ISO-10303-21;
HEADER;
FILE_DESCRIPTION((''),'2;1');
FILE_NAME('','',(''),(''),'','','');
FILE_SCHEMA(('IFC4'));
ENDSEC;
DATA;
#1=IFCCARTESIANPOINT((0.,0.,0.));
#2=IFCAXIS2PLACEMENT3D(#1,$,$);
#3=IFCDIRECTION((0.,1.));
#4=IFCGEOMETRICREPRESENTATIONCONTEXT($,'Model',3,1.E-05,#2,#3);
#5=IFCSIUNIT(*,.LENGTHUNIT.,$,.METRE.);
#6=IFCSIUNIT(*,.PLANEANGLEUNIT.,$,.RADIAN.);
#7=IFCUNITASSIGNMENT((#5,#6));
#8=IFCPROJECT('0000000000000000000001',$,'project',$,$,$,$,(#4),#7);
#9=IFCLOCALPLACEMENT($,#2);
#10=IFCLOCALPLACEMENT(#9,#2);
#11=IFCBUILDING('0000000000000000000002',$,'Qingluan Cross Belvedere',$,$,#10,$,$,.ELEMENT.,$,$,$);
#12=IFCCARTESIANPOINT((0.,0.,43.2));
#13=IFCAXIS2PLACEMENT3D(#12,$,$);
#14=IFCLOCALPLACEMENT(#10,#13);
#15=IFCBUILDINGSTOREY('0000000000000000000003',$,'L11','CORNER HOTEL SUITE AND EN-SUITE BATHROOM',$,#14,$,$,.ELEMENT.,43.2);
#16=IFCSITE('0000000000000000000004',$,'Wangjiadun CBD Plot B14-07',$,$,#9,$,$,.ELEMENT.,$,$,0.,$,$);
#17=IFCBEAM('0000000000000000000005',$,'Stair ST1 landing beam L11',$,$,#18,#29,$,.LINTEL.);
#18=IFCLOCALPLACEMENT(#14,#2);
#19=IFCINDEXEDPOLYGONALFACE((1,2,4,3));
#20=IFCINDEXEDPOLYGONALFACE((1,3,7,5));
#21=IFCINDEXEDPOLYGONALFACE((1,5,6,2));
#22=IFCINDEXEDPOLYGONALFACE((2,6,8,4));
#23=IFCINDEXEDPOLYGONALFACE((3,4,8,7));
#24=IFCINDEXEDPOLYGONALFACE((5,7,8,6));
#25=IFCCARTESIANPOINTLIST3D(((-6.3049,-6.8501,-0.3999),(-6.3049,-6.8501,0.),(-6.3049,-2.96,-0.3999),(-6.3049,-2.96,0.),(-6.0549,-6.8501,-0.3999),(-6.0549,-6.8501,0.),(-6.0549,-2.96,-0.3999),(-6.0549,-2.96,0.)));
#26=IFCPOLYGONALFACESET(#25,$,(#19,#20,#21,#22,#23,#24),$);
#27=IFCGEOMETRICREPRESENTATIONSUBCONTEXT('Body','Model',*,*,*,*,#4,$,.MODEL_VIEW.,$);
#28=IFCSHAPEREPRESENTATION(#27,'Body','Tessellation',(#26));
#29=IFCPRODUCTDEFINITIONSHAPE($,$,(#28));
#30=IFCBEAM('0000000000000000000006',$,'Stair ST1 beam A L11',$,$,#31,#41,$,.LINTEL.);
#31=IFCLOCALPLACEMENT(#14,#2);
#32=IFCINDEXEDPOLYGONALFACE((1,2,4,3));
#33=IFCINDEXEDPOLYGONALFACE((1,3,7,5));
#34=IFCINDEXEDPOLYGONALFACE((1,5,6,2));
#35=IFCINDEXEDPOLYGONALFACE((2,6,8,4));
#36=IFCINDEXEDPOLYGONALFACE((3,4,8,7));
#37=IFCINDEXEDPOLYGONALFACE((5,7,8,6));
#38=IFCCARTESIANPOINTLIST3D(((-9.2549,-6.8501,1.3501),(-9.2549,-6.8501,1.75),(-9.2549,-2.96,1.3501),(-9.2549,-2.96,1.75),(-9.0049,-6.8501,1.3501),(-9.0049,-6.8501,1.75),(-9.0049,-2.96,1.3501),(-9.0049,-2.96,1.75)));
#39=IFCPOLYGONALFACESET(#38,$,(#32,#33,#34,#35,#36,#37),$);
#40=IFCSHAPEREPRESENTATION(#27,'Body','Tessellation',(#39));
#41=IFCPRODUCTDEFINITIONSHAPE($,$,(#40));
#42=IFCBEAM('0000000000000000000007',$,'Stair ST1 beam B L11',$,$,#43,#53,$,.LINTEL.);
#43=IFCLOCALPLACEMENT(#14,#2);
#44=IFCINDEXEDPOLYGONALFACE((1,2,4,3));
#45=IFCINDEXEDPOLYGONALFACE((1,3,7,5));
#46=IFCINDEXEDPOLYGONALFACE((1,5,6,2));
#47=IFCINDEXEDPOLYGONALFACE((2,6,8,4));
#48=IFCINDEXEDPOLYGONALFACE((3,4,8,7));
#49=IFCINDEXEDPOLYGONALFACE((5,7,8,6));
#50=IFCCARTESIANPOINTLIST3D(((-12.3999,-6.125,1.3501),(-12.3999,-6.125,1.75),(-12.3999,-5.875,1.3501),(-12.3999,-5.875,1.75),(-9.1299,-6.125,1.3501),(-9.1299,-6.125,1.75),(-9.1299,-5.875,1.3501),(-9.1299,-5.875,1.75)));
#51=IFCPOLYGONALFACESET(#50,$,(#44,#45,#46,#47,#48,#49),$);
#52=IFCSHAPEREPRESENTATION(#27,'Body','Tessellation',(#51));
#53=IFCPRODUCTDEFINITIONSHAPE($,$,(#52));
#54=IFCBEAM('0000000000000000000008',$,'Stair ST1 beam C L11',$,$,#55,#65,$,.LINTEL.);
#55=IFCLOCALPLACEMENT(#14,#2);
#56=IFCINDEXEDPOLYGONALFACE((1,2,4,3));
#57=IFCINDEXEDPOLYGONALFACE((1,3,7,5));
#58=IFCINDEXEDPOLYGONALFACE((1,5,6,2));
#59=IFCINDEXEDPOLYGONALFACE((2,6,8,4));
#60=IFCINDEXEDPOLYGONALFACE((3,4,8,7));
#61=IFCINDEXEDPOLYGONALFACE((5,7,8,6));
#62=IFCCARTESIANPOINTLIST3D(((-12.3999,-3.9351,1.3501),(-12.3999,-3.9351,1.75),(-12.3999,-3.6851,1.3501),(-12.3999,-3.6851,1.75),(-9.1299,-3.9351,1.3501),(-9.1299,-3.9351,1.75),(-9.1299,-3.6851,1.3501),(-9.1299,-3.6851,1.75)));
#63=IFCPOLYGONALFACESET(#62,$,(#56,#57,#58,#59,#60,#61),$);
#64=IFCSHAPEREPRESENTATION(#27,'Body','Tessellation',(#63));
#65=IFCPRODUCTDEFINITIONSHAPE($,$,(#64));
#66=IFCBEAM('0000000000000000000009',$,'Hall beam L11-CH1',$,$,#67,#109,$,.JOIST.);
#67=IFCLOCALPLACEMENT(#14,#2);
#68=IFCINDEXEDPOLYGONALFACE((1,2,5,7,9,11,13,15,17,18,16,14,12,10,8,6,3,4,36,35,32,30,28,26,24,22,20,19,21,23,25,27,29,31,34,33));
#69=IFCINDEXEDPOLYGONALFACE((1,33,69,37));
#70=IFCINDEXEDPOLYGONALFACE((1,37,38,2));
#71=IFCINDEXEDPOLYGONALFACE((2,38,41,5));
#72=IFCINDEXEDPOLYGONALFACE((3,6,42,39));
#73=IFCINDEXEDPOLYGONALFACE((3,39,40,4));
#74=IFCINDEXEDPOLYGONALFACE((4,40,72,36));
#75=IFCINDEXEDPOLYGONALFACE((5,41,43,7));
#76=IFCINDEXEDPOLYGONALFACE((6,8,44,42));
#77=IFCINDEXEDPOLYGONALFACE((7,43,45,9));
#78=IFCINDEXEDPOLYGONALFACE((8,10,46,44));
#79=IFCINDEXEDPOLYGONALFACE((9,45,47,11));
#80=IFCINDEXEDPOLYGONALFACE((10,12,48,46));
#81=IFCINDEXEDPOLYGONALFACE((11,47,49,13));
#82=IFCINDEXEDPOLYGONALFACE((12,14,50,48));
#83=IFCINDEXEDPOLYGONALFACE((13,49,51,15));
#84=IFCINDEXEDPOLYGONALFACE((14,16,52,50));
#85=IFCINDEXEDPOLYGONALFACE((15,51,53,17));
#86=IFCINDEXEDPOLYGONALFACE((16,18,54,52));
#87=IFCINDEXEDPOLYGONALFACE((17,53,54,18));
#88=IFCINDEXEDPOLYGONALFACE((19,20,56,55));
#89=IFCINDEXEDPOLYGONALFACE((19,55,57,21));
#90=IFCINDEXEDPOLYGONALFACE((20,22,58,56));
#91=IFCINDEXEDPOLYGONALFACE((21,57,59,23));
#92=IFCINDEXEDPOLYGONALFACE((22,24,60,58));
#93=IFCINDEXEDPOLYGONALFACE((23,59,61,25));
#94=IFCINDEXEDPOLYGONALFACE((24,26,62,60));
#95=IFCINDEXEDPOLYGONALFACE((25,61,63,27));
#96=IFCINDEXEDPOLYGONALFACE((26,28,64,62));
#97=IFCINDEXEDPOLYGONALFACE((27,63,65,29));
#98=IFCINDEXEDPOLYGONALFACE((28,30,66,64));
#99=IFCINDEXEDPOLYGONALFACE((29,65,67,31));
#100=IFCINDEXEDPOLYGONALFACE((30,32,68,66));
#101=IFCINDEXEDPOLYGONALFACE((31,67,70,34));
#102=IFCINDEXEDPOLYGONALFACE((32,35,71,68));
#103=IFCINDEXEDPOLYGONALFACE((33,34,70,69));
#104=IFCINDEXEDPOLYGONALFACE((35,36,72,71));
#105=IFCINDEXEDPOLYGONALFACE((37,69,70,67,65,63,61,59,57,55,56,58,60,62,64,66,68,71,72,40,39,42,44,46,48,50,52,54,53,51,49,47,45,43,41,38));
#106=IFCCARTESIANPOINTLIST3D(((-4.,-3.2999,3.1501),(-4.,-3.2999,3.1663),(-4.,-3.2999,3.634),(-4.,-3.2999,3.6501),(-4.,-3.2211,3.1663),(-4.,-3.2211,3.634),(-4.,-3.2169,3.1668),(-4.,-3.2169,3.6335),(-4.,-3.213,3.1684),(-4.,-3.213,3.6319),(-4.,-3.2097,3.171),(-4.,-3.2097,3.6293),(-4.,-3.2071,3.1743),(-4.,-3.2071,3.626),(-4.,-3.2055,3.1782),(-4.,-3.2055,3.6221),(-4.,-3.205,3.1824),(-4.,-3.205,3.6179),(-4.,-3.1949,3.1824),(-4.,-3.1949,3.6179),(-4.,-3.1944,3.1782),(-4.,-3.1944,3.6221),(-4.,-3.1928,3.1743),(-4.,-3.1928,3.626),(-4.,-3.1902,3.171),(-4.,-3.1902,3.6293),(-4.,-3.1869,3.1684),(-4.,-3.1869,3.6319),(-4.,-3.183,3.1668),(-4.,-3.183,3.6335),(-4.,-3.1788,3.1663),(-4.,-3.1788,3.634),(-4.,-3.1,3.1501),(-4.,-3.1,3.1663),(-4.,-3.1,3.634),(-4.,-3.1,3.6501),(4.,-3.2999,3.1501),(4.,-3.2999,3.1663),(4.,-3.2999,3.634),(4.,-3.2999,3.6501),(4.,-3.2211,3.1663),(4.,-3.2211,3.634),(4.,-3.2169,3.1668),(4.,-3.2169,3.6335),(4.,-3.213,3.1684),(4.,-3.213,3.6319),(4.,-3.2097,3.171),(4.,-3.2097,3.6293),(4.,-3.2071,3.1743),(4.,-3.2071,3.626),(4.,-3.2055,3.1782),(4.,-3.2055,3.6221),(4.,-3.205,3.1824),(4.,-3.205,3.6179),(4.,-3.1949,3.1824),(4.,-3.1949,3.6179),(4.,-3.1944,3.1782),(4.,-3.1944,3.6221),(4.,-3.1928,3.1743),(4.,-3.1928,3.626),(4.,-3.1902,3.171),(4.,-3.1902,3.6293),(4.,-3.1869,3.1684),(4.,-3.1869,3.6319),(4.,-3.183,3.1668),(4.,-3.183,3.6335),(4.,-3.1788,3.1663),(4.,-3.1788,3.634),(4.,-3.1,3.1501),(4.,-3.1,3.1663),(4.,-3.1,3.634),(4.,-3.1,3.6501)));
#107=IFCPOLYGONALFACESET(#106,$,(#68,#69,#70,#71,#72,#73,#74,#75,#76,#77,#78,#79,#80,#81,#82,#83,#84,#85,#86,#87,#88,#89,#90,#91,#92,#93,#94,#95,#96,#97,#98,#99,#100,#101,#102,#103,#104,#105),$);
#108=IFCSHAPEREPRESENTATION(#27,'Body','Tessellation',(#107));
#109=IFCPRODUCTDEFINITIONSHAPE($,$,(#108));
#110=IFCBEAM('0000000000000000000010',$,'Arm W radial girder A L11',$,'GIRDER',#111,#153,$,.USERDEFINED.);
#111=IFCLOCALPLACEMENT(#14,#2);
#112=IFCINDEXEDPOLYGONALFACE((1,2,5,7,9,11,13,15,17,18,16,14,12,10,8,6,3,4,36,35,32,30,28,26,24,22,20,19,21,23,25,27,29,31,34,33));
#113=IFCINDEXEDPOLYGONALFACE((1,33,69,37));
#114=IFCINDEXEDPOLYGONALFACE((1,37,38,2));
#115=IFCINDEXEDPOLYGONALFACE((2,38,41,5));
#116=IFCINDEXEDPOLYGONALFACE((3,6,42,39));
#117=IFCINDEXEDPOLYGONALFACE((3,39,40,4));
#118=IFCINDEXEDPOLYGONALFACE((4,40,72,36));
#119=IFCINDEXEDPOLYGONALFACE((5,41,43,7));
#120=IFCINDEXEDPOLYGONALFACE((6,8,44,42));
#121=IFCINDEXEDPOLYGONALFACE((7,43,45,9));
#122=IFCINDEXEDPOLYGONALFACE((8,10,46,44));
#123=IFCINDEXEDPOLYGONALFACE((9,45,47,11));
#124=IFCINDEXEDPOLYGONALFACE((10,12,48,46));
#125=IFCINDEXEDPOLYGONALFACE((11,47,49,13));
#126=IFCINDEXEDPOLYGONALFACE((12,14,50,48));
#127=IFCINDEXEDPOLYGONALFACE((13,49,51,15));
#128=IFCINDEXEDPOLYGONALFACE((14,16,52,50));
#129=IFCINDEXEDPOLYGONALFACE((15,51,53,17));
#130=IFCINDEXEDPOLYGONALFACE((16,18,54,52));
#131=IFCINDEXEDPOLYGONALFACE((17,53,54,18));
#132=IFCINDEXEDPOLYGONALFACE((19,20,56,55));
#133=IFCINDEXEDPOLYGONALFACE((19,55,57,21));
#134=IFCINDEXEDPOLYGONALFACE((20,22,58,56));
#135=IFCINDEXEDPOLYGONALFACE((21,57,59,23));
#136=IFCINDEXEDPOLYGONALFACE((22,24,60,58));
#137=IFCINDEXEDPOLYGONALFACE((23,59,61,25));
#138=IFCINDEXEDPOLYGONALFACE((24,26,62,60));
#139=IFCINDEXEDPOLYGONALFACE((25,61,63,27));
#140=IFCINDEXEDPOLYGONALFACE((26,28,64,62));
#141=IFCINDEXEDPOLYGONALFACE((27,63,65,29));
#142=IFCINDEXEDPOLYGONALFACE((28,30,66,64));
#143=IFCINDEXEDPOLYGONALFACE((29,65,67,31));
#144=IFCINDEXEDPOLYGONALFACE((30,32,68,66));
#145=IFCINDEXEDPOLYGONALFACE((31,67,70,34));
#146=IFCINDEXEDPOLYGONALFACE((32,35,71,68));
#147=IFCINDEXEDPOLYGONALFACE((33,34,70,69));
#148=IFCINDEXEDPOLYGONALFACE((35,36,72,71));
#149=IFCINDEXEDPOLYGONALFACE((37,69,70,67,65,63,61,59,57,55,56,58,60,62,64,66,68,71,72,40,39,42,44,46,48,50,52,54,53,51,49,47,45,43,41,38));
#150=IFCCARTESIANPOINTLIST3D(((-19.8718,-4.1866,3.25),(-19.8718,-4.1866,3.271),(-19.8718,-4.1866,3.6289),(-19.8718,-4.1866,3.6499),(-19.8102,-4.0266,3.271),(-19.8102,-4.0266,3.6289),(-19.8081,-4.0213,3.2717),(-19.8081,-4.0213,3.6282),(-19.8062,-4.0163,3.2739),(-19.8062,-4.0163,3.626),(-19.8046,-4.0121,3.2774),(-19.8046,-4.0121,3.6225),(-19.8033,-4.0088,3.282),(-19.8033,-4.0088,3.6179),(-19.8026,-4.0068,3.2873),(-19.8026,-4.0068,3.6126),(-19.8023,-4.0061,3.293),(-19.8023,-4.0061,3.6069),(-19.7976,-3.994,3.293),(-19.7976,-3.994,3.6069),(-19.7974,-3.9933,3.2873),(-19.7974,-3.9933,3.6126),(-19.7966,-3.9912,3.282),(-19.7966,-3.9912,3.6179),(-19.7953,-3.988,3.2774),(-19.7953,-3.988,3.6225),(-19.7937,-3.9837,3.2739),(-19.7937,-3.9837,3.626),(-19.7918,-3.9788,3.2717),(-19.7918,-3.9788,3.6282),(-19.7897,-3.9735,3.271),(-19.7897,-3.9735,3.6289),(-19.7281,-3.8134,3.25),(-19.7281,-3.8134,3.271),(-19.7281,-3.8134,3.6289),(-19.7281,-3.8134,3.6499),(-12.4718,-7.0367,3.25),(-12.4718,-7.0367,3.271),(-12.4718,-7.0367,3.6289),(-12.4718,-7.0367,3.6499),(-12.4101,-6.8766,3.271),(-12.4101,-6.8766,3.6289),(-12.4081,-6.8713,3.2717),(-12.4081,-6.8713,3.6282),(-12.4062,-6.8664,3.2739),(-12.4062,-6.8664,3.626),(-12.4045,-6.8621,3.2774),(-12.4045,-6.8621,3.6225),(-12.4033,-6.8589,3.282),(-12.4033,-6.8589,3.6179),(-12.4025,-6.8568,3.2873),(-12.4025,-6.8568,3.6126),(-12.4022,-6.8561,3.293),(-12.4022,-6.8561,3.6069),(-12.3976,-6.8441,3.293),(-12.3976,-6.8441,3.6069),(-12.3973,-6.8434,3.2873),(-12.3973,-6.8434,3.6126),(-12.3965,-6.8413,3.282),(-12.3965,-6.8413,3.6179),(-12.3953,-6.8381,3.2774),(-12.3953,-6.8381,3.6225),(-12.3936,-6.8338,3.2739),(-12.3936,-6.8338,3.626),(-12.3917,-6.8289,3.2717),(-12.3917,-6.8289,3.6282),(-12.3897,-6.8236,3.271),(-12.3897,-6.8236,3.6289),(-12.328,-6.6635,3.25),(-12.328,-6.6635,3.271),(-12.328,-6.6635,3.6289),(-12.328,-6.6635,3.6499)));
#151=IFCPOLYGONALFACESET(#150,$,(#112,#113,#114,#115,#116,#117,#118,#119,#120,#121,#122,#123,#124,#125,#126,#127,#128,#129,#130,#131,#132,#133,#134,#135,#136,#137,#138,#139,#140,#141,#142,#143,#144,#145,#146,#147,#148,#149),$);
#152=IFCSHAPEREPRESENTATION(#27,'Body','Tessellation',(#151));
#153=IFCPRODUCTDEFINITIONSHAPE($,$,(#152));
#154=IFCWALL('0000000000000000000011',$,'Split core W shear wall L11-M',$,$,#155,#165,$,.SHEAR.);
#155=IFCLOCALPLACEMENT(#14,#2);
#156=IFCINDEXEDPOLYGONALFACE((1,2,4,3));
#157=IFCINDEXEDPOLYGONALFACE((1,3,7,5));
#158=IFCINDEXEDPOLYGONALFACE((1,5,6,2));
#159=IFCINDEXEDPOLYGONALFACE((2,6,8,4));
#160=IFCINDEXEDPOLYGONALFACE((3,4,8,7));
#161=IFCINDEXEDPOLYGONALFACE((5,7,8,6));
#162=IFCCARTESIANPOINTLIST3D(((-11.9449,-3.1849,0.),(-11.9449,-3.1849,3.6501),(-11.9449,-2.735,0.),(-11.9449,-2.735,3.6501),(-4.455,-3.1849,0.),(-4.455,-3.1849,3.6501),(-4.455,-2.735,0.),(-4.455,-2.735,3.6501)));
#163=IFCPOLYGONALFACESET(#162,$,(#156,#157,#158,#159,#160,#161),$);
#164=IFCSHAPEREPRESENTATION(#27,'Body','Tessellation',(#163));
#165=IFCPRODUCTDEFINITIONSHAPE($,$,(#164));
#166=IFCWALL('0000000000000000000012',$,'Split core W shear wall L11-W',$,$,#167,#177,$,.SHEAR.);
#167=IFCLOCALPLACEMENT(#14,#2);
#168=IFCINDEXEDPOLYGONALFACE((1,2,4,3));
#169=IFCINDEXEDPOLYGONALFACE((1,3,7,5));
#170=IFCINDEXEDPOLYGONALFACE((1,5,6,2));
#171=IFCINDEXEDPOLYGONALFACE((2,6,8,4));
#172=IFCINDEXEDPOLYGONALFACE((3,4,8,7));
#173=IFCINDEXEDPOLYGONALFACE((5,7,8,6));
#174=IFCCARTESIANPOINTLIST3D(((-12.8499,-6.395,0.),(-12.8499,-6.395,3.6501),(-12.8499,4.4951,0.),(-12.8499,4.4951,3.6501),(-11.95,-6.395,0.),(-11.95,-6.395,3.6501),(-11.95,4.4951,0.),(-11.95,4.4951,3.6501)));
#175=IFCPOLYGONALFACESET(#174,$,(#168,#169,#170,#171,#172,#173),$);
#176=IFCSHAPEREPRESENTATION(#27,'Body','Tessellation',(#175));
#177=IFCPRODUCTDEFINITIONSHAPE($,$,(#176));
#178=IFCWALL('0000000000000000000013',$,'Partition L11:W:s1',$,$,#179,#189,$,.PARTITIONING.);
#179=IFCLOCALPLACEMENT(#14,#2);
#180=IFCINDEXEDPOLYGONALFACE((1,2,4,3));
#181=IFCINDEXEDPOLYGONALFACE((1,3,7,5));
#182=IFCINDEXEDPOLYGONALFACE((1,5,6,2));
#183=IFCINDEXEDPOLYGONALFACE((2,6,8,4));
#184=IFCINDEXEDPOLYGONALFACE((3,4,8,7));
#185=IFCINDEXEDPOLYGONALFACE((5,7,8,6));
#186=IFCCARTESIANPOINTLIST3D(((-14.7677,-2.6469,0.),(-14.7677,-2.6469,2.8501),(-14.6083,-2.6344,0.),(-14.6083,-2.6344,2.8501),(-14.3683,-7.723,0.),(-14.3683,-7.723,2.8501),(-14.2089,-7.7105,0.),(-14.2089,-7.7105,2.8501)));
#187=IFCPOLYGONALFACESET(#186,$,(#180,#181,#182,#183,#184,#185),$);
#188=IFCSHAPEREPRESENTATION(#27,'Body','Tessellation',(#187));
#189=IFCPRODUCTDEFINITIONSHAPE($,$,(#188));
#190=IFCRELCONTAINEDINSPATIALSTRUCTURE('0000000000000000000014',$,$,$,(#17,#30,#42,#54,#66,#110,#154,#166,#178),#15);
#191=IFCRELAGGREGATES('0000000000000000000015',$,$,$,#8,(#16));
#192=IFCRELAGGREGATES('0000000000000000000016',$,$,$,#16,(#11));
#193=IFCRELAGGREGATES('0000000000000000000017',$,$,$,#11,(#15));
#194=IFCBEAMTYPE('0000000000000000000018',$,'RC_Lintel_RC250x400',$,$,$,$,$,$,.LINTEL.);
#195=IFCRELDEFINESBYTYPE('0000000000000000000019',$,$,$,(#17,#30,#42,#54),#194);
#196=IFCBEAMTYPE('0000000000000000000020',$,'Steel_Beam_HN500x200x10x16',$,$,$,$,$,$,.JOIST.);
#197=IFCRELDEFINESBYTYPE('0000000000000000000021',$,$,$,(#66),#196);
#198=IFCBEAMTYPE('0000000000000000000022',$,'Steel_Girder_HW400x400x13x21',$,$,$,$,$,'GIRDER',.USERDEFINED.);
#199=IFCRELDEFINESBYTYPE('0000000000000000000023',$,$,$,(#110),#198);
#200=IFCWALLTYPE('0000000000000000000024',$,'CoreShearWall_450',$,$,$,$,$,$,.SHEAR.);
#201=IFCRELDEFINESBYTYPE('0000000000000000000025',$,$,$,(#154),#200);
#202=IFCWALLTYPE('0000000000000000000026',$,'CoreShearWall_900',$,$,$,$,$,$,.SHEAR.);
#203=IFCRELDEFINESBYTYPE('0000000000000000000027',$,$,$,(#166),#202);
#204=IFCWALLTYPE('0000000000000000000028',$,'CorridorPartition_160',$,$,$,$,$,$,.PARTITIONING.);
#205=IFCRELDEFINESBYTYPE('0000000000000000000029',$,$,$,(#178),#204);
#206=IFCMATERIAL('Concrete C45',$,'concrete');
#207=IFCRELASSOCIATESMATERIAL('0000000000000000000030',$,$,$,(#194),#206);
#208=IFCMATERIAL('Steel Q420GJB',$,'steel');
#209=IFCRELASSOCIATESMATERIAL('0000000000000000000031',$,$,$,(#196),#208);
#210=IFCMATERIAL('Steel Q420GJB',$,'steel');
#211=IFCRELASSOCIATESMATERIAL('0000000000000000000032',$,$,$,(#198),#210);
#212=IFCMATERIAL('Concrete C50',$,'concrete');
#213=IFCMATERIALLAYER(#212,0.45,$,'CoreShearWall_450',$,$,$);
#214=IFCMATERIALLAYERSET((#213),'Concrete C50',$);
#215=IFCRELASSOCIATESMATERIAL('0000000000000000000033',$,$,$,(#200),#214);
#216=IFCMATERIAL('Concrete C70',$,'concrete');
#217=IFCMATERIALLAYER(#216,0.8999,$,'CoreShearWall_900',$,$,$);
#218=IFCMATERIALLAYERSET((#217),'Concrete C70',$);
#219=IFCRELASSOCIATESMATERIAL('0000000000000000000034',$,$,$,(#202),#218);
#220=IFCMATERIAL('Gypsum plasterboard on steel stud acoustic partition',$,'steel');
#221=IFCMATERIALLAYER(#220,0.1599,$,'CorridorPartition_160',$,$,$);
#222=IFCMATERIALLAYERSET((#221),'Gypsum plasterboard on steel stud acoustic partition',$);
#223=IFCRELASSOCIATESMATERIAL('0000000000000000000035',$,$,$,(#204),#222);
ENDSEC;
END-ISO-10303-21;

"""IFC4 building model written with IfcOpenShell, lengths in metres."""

from ifc_helpers import new_model, si_unit, direction, frame, frame_2d, origin, origin_2d, place, context, subcontext, project, spatial, rectangle, i_section, extrude, material, layer, layer_set, material_profile, profile_set, type_object, element, save


model = new_model("IFC4")

# Units and contexts
model_context = context("Model", 3, precision=1e-05, world=origin(), true_north=direction((0.0, 1.0)))
body_context = subcontext(model_context, "Body", "Model", "MODEL_VIEW")
ifc_project = project(units=[si_unit("LENGTHUNIT", "METRE"), si_unit("PLANEANGLEUNIT", "RADIAN")], contexts=[model_context])

# Site, building, storey
site_placement = place(None, origin())
site = spatial("IfcSite", under=ifc_project, at=site_placement, Name="Wangjiadun CBD Plot B14-07", CompositionType="ELEMENT", RefElevation=0.0)
building_placement = place(site_placement, origin())
building = spatial("IfcBuilding", under=site, at=building_placement, Name="Qingluan Cross Belvedere", CompositionType="ELEMENT")
storey_placement = place(building_placement, frame((0.0, 0.0, 43.2)))
storey = spatial("IfcBuildingStorey", under=building, at=storey_placement, Name="L11", Description="CORNER HOTEL SUITE AND EN-SUITE BATHROOM", CompositionType="ELEMENT", Elevation=43.2)

# Beams
ifc_material_1 = material(Name="Concrete C45", Category="concrete")
ifc_material_profile_1 = material_profile(ifc_material_1, rectangle(XDim=0.25, YDim=0.3999, at=origin_2d()), Name="RC250x400")
ifc_profile_set_1 = profile_set([ifc_material_profile_1], Name="Concrete C45")
beam_type_1 = type_object("IfcBeamType", Name="RC_Lintel_RC250x400", PredefinedType="LINTEL", material=ifc_profile_set_1)
for number, where, z_axis, x_axis, name in (
    (1, (-6.1799, -6.8501, -0.2), (0.0, 1.0, 0.0), (-1.0, 0.0, 0.0), "Stair ST1 landing beam L11"),
    (2, (-9.1299, -6.8501, 1.55), (0.0, 1.0, 0.0), (-1.0, 0.0, 0.0), "Stair ST1 beam A L11"),
):
    element("IfcBeam", number, at=place(storey_placement, frame(where, z_axis=z_axis, x_axis=x_axis)), inside=storey, type_object=beam_type_1, Name=name, PredefinedType="LINTEL", context=body_context, shape_type="SweptSolid", body=[
        extrude(rectangle(XDim=0.25, YDim=0.3999, at=origin_2d()), origin(), (0.0, 0.0, 1.0), 3.8901),
    ])
for number, where, z_axis, x_axis, name in (
    (3, (-12.3999, -6.0, 1.55), (1.0, 0.0, 0.0), (0.0, 1.0, 0.0), "Stair ST1 beam B L11"),
    (4, (-12.3999, -3.8101, 1.55), (1.0, 0.0, 0.0), (0.0, 1.0, 0.0), "Stair ST1 beam C L11"),
):
    element("IfcBeam", number, at=place(storey_placement, frame(where, z_axis=z_axis, x_axis=x_axis)), inside=storey, type_object=beam_type_1, Name=name, PredefinedType="LINTEL", context=body_context, shape_type="SweptSolid", body=[
        extrude(rectangle(XDim=0.25, YDim=0.3999, at=origin_2d()), origin(), (0.0, 0.0, 1.0), 3.27),
    ])
ifc_material_2 = material(Name="Steel Q420GJB", Category="steel")
ifc_material_profile_2 = material_profile(ifc_material_2, i_section(OverallWidth=0.2, OverallDepth=0.5, WebThickness=0.01, FlangeThickness=0.0161, FilletRadius=0.0161, at=origin_2d()), Name="HN500x200x10x16")
ifc_profile_set_2 = profile_set([ifc_material_profile_2], Name="Steel Q420GJB")
beam_type_2 = type_object("IfcBeamType", Name="Steel_Beam_HN500x200x10x16", PredefinedType="JOIST", material=ifc_profile_set_2)
beam_1_placement = place(storey_placement, frame((-4.0, -3.2, 3.4001), z_axis=(1.0, 0.0, 0.0), x_axis=(0.0, 1.0, 0.0)))
element("IfcBeam", 5, at=beam_1_placement, inside=storey, type_object=beam_type_2, Name="Hall beam L11-CH1", PredefinedType="JOIST", context=body_context, shape_type="SweptSolid", body=[
    extrude(i_section(OverallWidth=0.2, OverallDepth=0.5, WebThickness=0.01, FlangeThickness=0.0161, FilletRadius=0.0161, at=origin_2d()), origin(), (0.0, 0.0, 1.0), 8.0),
])
ifc_material_3 = material(Name="Steel Q420GJB", Category="steel")
ifc_material_profile_3 = material_profile(ifc_material_3, i_section(OverallWidth=0.3999, OverallDepth=0.3999, WebThickness=0.0129, FlangeThickness=0.021, FilletRadius=0.022, at=origin_2d()), Name="HW400x400x13x21")
ifc_profile_set_3 = profile_set([ifc_material_profile_3], Name="Steel Q420GJB")
beam_type_3 = type_object("IfcBeamType", Name="Steel_Girder_HW400x400x13x21", ElementType="GIRDER", PredefinedType="USERDEFINED", material=ifc_profile_set_3)
beam_2_placement = place(storey_placement, frame((-12.3999, -6.8501, 3.45), z_axis=(-0.933181, 0.359406, 0.0), x_axis=(-0.359406, -0.933181, 0.0)))
element("IfcBeam", 6, at=beam_2_placement, inside=storey, type_object=beam_type_3, Name="Arm W radial girder A L11", ObjectType="GIRDER", PredefinedType="USERDEFINED", context=body_context, shape_type="SweptSolid", body=[
    extrude(i_section(OverallWidth=0.3999, OverallDepth=0.3999, WebThickness=0.0129, FlangeThickness=0.021, FilletRadius=0.022, at=origin_2d()), origin(), (0.0, 0.0, 1.0), 7.9299),
])

# Walls
ifc_material_4 = material(Name="Concrete C50", Category="concrete")
ifc_layer_1 = layer(ifc_material_4, 0.45, Name="CoreShearWall_450")
ifc_layer_set_1 = layer_set([ifc_layer_1], Name="Concrete C50")
wall_type_1 = type_object("IfcWallType", Name="CoreShearWall_450", PredefinedType="SHEAR", material=ifc_layer_set_1)
wall_1_placement = place(storey_placement, frame((-11.9451, -2.96, 0.0), z_axis=(0.0, 0.0, 1.0), x_axis=(1.0, 0.0, 0.0)))
element("IfcWall", 7, at=wall_1_placement, inside=storey, type_object=wall_type_1, Name="Split core W shear wall L11-M", PredefinedType="SHEAR", context=body_context, shape_type="SweptSolid", body=[
    extrude(rectangle(XDim=7.49, YDim=0.45, at=frame_2d((3.7451, 0.0))), origin(), (0.0, 0.0, 1.0), 3.6501),
])
ifc_material_5 = material(Name="Concrete C70", Category="concrete")
ifc_layer_2 = layer(ifc_material_5, 0.8999, Name="CoreShearWall_900")
ifc_layer_set_2 = layer_set([ifc_layer_2], Name="Concrete C70")
wall_type_2 = type_object("IfcWallType", Name="CoreShearWall_900", PredefinedType="SHEAR", material=ifc_layer_set_2)
wall_2_placement = place(storey_placement, frame((-12.3999, -6.395, 0.0), z_axis=(0.0, 0.0, 1.0), x_axis=(0.0, 1.0, 0.0)))
element("IfcWall", 8, at=wall_2_placement, inside=storey, type_object=wall_type_2, Name="Split core W shear wall L11-W", PredefinedType="SHEAR", context=body_context, shape_type="SweptSolid", body=[
    extrude(rectangle(XDim=10.8901, YDim=0.8999, at=frame_2d((5.4451, 0.0))), origin(), (0.0, 0.0, 1.0), 3.6501),
])

# Wall
ifc_material_6 = material(Name="Gypsum plasterboard on steel stud acoustic partition", Category="steel")
ifc_layer_3 = layer(ifc_material_6, 0.1599, Name="CorridorPartition_160")
ifc_layer_set_3 = layer_set([ifc_layer_3], Name="Gypsum plasterboard on steel stud acoustic partition")
wall_type_3 = type_object("IfcWallType", Name="CorridorPartition_160", PredefinedType="PARTITIONING", material=ifc_layer_set_3)
wall_3_placement = place(storey_placement, frame((-14.688, -2.6406, 0.0), z_axis=(0.0, 0.0, 1.0), x_axis=(0.078442, -0.996919, 0.0)))
element("IfcWall", 9, at=wall_3_placement, inside=storey, type_object=wall_type_3, Name="Partition L11:W:s1", PredefinedType="PARTITIONING", context=body_context, shape_type="SweptSolid", body=[
    extrude(rectangle(XDim=5.0918, YDim=0.1599, at=frame_2d((2.5459, 0.0))), origin(), (0.0, 0.0, 1.0), 2.8501),
])

save(model, "model.ifc")
